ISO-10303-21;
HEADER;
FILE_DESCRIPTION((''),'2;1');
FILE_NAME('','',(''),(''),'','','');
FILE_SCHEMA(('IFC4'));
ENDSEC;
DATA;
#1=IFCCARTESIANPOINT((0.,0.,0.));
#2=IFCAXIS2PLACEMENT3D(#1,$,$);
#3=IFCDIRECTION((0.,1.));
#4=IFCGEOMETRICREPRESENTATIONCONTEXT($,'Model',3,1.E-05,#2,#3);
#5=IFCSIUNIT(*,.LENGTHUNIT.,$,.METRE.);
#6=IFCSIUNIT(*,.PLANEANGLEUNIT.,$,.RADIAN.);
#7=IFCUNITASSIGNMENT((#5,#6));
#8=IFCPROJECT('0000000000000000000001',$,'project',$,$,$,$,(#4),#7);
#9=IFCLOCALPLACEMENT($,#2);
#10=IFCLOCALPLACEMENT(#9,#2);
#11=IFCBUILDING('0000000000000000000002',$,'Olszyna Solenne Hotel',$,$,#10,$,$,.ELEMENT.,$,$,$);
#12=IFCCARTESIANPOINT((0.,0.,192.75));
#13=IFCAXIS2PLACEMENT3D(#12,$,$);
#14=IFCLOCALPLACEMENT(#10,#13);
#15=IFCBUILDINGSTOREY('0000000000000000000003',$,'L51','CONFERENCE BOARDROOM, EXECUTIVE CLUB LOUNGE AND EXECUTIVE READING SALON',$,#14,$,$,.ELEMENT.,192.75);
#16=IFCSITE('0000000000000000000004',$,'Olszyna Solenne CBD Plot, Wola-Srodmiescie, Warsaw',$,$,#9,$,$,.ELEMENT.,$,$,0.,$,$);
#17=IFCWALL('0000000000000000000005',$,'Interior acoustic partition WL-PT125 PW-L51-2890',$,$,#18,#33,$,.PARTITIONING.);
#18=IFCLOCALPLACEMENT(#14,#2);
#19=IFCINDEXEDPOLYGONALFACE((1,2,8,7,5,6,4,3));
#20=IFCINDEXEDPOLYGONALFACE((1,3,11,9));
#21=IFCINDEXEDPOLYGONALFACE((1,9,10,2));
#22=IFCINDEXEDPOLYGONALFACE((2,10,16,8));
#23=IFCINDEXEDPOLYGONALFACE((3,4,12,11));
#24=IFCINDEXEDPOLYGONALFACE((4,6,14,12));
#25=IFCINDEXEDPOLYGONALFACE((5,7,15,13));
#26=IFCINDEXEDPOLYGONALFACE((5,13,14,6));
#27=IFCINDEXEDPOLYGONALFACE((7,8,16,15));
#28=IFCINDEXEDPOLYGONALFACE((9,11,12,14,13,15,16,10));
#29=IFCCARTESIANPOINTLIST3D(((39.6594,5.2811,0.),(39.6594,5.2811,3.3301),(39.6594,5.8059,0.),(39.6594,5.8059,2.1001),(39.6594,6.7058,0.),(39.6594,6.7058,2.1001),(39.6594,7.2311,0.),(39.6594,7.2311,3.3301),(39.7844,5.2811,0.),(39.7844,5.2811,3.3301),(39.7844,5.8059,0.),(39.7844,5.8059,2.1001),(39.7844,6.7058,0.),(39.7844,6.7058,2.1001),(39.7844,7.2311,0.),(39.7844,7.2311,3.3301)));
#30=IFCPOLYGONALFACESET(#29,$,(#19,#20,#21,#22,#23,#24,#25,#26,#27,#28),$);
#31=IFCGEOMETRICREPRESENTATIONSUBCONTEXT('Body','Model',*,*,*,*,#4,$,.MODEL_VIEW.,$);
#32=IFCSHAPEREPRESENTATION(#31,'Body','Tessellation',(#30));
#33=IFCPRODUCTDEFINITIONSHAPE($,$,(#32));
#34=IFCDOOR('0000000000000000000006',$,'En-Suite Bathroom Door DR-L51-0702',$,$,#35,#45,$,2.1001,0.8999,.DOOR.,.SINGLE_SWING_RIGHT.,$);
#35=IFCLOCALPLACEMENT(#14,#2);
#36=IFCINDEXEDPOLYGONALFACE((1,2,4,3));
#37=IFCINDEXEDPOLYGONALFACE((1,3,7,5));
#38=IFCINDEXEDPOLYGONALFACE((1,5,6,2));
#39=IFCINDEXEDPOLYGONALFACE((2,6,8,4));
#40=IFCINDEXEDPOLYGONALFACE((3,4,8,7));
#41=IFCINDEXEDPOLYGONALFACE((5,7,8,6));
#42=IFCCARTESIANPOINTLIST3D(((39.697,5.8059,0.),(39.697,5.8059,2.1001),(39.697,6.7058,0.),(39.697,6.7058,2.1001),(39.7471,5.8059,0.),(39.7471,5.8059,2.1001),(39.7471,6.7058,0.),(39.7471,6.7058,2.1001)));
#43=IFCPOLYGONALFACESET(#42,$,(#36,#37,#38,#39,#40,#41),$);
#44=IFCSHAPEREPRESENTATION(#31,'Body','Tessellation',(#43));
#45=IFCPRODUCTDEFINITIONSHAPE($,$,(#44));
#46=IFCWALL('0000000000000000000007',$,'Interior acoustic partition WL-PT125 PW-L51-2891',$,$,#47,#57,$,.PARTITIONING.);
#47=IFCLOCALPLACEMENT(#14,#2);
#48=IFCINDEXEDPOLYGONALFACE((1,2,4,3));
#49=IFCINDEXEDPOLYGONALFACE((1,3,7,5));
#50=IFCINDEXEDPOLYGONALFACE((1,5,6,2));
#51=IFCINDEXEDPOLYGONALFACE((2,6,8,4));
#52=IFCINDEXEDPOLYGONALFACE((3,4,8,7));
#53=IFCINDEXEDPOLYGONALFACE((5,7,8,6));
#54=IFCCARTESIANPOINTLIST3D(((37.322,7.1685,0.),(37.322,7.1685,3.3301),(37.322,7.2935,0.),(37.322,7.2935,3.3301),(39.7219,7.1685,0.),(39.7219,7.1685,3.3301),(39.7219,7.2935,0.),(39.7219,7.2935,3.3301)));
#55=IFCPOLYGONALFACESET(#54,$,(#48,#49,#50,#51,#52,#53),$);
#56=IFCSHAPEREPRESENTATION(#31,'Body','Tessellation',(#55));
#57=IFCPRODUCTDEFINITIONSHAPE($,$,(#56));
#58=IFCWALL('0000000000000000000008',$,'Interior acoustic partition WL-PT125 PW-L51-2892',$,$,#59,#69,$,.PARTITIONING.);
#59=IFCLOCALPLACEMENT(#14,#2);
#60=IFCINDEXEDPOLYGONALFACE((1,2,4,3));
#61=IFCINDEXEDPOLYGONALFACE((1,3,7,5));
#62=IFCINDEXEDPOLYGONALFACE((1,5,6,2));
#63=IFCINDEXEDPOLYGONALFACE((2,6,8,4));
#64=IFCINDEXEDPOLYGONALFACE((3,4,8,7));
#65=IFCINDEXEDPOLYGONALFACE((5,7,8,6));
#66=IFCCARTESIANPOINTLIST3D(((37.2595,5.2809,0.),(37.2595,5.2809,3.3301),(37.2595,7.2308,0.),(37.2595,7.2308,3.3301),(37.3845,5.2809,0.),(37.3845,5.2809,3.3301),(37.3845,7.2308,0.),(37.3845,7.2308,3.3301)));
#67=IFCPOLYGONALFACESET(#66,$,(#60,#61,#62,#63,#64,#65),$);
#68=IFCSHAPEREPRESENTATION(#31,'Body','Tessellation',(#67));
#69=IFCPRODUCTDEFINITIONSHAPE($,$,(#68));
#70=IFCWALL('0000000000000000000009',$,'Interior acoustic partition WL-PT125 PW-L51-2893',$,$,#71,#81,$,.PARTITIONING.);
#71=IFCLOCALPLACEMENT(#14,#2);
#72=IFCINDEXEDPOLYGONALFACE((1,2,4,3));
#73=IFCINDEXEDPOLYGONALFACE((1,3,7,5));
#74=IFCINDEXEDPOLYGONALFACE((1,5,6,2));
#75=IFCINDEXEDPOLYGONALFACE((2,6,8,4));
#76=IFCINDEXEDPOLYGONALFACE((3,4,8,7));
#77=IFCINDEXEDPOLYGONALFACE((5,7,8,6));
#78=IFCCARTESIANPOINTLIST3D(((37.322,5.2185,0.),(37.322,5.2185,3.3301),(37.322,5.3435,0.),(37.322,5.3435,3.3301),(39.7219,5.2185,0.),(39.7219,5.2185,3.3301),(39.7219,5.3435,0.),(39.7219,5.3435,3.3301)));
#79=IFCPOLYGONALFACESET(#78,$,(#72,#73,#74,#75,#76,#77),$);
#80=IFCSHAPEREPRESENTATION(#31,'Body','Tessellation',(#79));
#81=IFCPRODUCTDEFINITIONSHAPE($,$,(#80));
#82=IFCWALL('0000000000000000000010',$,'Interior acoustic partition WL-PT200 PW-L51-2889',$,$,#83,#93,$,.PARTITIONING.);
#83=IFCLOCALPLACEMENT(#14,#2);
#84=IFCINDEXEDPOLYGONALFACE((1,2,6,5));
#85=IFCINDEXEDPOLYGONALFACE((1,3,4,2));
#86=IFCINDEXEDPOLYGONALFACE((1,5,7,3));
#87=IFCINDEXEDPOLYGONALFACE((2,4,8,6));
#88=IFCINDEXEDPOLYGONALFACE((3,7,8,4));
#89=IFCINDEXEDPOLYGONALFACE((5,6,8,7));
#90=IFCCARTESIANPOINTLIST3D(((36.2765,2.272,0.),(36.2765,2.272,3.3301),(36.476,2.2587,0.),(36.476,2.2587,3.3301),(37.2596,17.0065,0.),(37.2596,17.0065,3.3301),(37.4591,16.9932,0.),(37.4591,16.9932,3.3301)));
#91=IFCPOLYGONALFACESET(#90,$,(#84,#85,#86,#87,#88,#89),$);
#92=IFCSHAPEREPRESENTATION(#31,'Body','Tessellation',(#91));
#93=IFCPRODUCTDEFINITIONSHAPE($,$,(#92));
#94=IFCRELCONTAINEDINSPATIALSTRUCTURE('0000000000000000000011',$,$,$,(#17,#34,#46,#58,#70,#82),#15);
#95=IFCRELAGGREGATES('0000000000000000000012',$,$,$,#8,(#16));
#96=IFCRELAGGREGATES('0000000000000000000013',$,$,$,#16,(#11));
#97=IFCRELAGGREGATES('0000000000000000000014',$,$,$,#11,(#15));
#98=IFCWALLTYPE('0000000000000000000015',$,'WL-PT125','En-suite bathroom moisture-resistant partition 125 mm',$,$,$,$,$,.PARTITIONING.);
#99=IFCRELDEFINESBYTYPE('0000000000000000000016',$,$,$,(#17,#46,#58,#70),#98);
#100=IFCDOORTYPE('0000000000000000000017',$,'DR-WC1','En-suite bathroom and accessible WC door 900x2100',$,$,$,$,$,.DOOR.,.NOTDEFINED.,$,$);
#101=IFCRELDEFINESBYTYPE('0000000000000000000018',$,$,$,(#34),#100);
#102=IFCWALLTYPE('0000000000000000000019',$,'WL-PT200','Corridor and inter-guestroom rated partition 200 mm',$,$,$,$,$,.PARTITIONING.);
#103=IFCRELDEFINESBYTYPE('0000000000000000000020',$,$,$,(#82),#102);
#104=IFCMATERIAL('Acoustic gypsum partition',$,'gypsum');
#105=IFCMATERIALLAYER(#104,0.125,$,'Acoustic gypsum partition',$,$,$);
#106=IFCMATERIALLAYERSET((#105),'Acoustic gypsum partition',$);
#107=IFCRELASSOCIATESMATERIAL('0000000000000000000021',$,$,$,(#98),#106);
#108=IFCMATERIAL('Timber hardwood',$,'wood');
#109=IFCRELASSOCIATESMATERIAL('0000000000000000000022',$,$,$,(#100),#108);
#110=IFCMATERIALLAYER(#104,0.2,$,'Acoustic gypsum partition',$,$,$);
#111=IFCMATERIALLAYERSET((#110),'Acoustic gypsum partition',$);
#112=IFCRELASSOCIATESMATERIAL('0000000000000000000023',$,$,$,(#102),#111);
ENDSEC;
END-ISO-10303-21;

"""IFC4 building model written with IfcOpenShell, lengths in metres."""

from ifc_helpers import new_model, si_unit, direction, frame, frame_2d, origin, place, context, subcontext, project, spatial, rectangle, extrude, source, transform, mapped, material, layer, layer_set, type_object, type_shapes, element, fill, save


model = new_model("IFC4")

# Units and contexts
model_context = context("Model", 3, precision=1e-05, world=origin(), true_north=direction((0.0, 1.0)))
body_context = subcontext(model_context, "Body", "Model", "MODEL_VIEW")
ifc_project = project(units=[si_unit("LENGTHUNIT", "METRE"), si_unit("PLANEANGLEUNIT", "RADIAN")], contexts=[model_context])

# Site, building, storey
site_placement = place(None, origin())
site = spatial("IfcSite", under=ifc_project, at=site_placement, Name="Olszyna Solenne CBD Plot, Wola-Srodmiescie, Warsaw", CompositionType="ELEMENT", RefElevation=0.0)
building_placement = place(site_placement, origin())
building = spatial("IfcBuilding", under=site, at=building_placement, Name="Olszyna Solenne Hotel", CompositionType="ELEMENT")
storey_placement = place(building_placement, frame((0.0, 0.0, 192.75)))
storey = spatial("IfcBuildingStorey", under=building, at=storey_placement, Name="L51", Description="CONFERENCE BOARDROOM, EXECUTIVE CLUB LOUNGE AND EXECUTIVE READING SALON", CompositionType="ELEMENT", Elevation=192.75)

# Wall, opening, door
ifc_material_1 = material(Name="Acoustic gypsum partition", Category="gypsum")
ifc_layer_1 = layer(ifc_material_1, 0.125, Name="Acoustic gypsum partition")
ifc_layer_set_1 = layer_set([ifc_layer_1], Name="Acoustic gypsum partition")
wall_type_1 = type_object("IfcWallType", Name="WL-PT125", Description="En-suite bathroom moisture-resistant partition 125 mm", PredefinedType="PARTITIONING", material=ifc_layer_set_1)
wall_1_placement = place(storey_placement, frame((39.7219, 5.281, 0.0), z_axis=(0.0, 0.0, 1.0), x_axis=(0.0, 1.0, 0.0)))
wall_1 = element("IfcWall", 1, at=wall_1_placement, inside=storey, type_object=wall_type_1, Name="Interior acoustic partition WL-PT125 PW-L51-2890", PredefinedType="PARTITIONING", context=body_context, shape_type="SweptSolid", body=[
    extrude(rectangle(XDim=1.95, YDim=0.125, at=frame_2d((0.9751, 0.0))), origin(), (0.0, 0.0, 1.0), 3.3301),
])
opening_1_placement = place(wall_1_placement, frame((0.5249, 0.0, 0.0)))
opening_1 = element("IfcOpeningElement", 2, at=opening_1_placement, cuts=wall_1, PredefinedType="OPENING", context=body_context, shape_type="SweptSolid", body=[
    extrude(rectangle(XDim=0.8999, YDim=2.1001, at=frame_2d((0.45, 1.05))), frame((0.0, 0.0725, 0.0), z_axis=(0.0, -1.0, 0.0), x_axis=(1.0, 0.0, 0.0)), (0.0, 0.0, 1.0), 0.145),
])
ifc_material_2 = material(Name="Timber hardwood", Category="wood")
door_type = type_object("IfcDoorType", Name="DR-WC1", Description="En-suite bathroom and accessible WC door 900x2100", OperationType="NOTDEFINED", PredefinedType="DOOR", material=ifc_material_2)
shared_shape_1 = source(origin(), body_context, "Body", "SweptSolid", [
    extrude(rectangle(XDim=0.8999, YDim=2.1001, at=frame_2d((0.45, 1.05))), frame((0.0, 0.0249, 0.0), z_axis=(0.0, -1.0, 0.0), x_axis=(1.0, 0.0, 0.0)), (0.0, 0.0, 1.0), 0.05),
])
type_shapes(door_type, [shared_shape_1])
door_placement = place(opening_1_placement, origin())
door = element("IfcDoor", 3, at=door_placement, inside=storey, type_object=door_type, Name="En-Suite Bathroom Door DR-L51-0702", OperationType="SINGLE_SWING_RIGHT", OverallHeight=2.1001, OverallWidth=0.8999, PredefinedType="DOOR", context=body_context, shape_type="MappedRepresentation", body=[
    mapped(shared_shape_1, transform((0.0, 0.0, 0.0), x_axis=(1.0, 0.0, 0.0), y_axis=(0.0, 1.0, 0.0), z_axis=(0.0, 0.0, 1.0), scale=1.0)),
])
fill(opening_1, door)

# Walls
wall_2_placement = place(storey_placement, frame((39.7219, 7.231, 0.0), z_axis=(0.0, 0.0, 1.0), x_axis=(-1.0, 0.0, 0.0)))
element("IfcWall", 4, at=wall_2_placement, inside=storey, type_object=wall_type_1, Name="Interior acoustic partition WL-PT125 PW-L51-2891", PredefinedType="PARTITIONING", context=body_context, shape_type="SweptSolid", body=[
    extrude(rectangle(XDim=2.3999, YDim=0.125, at=frame_2d((1.2, 0.0))), origin(), (0.0, 0.0, 1.0), 3.3301),
])
wall_3_placement = place(storey_placement, frame((37.322, 7.231, 0.0), z_axis=(0.0, 0.0, 1.0), x_axis=(0.0, -1.0, 0.0)))
element("IfcWall", 5, at=wall_3_placement, inside=storey, type_object=wall_type_1, Name="Interior acoustic partition WL-PT125 PW-L51-2892", PredefinedType="PARTITIONING", context=body_context, shape_type="SweptSolid", body=[
    extrude(rectangle(XDim=1.95, YDim=0.125, at=frame_2d((0.9751, 0.0))), origin(), (0.0, 0.0, 1.0), 3.3301),
])
wall_4_placement = place(storey_placement, frame((37.322, 5.281, 0.0), z_axis=(0.0, 0.0, 1.0), x_axis=(1.0, 0.0, 0.0)))
element("IfcWall", 6, at=wall_4_placement, inside=storey, type_object=wall_type_1, Name="Interior acoustic partition WL-PT125 PW-L51-2893", PredefinedType="PARTITIONING", context=body_context, shape_type="SweptSolid", body=[
    extrude(rectangle(XDim=2.3999, YDim=0.125, at=frame_2d((1.2, 0.0))), origin(), (0.0, 0.0, 1.0), 3.3301),
])
ifc_layer_2 = layer(ifc_material_1, 0.2, Name="Acoustic gypsum partition")
ifc_layer_set_2 = layer_set([ifc_layer_2], Name="Acoustic gypsum partition")
wall_type_2 = type_object("IfcWallType", Name="WL-PT200", Description="Corridor and inter-guestroom rated partition 200 mm", PredefinedType="PARTITIONING", material=ifc_layer_set_2)
wall_5_placement = place(storey_placement, frame((37.3594, 17.0, 0.0), z_axis=(0.0, 0.0, 1.0), x_axis=(-0.066576, -0.997781, 0.0)))
element("IfcWall", 7, at=wall_5_placement, inside=storey, type_object=wall_type_2, Name="Interior acoustic partition WL-PT200 PW-L51-2889", PredefinedType="PARTITIONING", context=body_context, shape_type="SweptSolid", body=[
    extrude(rectangle(XDim=14.7673, YDim=0.2, at=frame_2d((7.3838, 0.0))), origin(), (0.0, 0.0, 1.0), 3.3301),
])

save(model, "model.ifc")
